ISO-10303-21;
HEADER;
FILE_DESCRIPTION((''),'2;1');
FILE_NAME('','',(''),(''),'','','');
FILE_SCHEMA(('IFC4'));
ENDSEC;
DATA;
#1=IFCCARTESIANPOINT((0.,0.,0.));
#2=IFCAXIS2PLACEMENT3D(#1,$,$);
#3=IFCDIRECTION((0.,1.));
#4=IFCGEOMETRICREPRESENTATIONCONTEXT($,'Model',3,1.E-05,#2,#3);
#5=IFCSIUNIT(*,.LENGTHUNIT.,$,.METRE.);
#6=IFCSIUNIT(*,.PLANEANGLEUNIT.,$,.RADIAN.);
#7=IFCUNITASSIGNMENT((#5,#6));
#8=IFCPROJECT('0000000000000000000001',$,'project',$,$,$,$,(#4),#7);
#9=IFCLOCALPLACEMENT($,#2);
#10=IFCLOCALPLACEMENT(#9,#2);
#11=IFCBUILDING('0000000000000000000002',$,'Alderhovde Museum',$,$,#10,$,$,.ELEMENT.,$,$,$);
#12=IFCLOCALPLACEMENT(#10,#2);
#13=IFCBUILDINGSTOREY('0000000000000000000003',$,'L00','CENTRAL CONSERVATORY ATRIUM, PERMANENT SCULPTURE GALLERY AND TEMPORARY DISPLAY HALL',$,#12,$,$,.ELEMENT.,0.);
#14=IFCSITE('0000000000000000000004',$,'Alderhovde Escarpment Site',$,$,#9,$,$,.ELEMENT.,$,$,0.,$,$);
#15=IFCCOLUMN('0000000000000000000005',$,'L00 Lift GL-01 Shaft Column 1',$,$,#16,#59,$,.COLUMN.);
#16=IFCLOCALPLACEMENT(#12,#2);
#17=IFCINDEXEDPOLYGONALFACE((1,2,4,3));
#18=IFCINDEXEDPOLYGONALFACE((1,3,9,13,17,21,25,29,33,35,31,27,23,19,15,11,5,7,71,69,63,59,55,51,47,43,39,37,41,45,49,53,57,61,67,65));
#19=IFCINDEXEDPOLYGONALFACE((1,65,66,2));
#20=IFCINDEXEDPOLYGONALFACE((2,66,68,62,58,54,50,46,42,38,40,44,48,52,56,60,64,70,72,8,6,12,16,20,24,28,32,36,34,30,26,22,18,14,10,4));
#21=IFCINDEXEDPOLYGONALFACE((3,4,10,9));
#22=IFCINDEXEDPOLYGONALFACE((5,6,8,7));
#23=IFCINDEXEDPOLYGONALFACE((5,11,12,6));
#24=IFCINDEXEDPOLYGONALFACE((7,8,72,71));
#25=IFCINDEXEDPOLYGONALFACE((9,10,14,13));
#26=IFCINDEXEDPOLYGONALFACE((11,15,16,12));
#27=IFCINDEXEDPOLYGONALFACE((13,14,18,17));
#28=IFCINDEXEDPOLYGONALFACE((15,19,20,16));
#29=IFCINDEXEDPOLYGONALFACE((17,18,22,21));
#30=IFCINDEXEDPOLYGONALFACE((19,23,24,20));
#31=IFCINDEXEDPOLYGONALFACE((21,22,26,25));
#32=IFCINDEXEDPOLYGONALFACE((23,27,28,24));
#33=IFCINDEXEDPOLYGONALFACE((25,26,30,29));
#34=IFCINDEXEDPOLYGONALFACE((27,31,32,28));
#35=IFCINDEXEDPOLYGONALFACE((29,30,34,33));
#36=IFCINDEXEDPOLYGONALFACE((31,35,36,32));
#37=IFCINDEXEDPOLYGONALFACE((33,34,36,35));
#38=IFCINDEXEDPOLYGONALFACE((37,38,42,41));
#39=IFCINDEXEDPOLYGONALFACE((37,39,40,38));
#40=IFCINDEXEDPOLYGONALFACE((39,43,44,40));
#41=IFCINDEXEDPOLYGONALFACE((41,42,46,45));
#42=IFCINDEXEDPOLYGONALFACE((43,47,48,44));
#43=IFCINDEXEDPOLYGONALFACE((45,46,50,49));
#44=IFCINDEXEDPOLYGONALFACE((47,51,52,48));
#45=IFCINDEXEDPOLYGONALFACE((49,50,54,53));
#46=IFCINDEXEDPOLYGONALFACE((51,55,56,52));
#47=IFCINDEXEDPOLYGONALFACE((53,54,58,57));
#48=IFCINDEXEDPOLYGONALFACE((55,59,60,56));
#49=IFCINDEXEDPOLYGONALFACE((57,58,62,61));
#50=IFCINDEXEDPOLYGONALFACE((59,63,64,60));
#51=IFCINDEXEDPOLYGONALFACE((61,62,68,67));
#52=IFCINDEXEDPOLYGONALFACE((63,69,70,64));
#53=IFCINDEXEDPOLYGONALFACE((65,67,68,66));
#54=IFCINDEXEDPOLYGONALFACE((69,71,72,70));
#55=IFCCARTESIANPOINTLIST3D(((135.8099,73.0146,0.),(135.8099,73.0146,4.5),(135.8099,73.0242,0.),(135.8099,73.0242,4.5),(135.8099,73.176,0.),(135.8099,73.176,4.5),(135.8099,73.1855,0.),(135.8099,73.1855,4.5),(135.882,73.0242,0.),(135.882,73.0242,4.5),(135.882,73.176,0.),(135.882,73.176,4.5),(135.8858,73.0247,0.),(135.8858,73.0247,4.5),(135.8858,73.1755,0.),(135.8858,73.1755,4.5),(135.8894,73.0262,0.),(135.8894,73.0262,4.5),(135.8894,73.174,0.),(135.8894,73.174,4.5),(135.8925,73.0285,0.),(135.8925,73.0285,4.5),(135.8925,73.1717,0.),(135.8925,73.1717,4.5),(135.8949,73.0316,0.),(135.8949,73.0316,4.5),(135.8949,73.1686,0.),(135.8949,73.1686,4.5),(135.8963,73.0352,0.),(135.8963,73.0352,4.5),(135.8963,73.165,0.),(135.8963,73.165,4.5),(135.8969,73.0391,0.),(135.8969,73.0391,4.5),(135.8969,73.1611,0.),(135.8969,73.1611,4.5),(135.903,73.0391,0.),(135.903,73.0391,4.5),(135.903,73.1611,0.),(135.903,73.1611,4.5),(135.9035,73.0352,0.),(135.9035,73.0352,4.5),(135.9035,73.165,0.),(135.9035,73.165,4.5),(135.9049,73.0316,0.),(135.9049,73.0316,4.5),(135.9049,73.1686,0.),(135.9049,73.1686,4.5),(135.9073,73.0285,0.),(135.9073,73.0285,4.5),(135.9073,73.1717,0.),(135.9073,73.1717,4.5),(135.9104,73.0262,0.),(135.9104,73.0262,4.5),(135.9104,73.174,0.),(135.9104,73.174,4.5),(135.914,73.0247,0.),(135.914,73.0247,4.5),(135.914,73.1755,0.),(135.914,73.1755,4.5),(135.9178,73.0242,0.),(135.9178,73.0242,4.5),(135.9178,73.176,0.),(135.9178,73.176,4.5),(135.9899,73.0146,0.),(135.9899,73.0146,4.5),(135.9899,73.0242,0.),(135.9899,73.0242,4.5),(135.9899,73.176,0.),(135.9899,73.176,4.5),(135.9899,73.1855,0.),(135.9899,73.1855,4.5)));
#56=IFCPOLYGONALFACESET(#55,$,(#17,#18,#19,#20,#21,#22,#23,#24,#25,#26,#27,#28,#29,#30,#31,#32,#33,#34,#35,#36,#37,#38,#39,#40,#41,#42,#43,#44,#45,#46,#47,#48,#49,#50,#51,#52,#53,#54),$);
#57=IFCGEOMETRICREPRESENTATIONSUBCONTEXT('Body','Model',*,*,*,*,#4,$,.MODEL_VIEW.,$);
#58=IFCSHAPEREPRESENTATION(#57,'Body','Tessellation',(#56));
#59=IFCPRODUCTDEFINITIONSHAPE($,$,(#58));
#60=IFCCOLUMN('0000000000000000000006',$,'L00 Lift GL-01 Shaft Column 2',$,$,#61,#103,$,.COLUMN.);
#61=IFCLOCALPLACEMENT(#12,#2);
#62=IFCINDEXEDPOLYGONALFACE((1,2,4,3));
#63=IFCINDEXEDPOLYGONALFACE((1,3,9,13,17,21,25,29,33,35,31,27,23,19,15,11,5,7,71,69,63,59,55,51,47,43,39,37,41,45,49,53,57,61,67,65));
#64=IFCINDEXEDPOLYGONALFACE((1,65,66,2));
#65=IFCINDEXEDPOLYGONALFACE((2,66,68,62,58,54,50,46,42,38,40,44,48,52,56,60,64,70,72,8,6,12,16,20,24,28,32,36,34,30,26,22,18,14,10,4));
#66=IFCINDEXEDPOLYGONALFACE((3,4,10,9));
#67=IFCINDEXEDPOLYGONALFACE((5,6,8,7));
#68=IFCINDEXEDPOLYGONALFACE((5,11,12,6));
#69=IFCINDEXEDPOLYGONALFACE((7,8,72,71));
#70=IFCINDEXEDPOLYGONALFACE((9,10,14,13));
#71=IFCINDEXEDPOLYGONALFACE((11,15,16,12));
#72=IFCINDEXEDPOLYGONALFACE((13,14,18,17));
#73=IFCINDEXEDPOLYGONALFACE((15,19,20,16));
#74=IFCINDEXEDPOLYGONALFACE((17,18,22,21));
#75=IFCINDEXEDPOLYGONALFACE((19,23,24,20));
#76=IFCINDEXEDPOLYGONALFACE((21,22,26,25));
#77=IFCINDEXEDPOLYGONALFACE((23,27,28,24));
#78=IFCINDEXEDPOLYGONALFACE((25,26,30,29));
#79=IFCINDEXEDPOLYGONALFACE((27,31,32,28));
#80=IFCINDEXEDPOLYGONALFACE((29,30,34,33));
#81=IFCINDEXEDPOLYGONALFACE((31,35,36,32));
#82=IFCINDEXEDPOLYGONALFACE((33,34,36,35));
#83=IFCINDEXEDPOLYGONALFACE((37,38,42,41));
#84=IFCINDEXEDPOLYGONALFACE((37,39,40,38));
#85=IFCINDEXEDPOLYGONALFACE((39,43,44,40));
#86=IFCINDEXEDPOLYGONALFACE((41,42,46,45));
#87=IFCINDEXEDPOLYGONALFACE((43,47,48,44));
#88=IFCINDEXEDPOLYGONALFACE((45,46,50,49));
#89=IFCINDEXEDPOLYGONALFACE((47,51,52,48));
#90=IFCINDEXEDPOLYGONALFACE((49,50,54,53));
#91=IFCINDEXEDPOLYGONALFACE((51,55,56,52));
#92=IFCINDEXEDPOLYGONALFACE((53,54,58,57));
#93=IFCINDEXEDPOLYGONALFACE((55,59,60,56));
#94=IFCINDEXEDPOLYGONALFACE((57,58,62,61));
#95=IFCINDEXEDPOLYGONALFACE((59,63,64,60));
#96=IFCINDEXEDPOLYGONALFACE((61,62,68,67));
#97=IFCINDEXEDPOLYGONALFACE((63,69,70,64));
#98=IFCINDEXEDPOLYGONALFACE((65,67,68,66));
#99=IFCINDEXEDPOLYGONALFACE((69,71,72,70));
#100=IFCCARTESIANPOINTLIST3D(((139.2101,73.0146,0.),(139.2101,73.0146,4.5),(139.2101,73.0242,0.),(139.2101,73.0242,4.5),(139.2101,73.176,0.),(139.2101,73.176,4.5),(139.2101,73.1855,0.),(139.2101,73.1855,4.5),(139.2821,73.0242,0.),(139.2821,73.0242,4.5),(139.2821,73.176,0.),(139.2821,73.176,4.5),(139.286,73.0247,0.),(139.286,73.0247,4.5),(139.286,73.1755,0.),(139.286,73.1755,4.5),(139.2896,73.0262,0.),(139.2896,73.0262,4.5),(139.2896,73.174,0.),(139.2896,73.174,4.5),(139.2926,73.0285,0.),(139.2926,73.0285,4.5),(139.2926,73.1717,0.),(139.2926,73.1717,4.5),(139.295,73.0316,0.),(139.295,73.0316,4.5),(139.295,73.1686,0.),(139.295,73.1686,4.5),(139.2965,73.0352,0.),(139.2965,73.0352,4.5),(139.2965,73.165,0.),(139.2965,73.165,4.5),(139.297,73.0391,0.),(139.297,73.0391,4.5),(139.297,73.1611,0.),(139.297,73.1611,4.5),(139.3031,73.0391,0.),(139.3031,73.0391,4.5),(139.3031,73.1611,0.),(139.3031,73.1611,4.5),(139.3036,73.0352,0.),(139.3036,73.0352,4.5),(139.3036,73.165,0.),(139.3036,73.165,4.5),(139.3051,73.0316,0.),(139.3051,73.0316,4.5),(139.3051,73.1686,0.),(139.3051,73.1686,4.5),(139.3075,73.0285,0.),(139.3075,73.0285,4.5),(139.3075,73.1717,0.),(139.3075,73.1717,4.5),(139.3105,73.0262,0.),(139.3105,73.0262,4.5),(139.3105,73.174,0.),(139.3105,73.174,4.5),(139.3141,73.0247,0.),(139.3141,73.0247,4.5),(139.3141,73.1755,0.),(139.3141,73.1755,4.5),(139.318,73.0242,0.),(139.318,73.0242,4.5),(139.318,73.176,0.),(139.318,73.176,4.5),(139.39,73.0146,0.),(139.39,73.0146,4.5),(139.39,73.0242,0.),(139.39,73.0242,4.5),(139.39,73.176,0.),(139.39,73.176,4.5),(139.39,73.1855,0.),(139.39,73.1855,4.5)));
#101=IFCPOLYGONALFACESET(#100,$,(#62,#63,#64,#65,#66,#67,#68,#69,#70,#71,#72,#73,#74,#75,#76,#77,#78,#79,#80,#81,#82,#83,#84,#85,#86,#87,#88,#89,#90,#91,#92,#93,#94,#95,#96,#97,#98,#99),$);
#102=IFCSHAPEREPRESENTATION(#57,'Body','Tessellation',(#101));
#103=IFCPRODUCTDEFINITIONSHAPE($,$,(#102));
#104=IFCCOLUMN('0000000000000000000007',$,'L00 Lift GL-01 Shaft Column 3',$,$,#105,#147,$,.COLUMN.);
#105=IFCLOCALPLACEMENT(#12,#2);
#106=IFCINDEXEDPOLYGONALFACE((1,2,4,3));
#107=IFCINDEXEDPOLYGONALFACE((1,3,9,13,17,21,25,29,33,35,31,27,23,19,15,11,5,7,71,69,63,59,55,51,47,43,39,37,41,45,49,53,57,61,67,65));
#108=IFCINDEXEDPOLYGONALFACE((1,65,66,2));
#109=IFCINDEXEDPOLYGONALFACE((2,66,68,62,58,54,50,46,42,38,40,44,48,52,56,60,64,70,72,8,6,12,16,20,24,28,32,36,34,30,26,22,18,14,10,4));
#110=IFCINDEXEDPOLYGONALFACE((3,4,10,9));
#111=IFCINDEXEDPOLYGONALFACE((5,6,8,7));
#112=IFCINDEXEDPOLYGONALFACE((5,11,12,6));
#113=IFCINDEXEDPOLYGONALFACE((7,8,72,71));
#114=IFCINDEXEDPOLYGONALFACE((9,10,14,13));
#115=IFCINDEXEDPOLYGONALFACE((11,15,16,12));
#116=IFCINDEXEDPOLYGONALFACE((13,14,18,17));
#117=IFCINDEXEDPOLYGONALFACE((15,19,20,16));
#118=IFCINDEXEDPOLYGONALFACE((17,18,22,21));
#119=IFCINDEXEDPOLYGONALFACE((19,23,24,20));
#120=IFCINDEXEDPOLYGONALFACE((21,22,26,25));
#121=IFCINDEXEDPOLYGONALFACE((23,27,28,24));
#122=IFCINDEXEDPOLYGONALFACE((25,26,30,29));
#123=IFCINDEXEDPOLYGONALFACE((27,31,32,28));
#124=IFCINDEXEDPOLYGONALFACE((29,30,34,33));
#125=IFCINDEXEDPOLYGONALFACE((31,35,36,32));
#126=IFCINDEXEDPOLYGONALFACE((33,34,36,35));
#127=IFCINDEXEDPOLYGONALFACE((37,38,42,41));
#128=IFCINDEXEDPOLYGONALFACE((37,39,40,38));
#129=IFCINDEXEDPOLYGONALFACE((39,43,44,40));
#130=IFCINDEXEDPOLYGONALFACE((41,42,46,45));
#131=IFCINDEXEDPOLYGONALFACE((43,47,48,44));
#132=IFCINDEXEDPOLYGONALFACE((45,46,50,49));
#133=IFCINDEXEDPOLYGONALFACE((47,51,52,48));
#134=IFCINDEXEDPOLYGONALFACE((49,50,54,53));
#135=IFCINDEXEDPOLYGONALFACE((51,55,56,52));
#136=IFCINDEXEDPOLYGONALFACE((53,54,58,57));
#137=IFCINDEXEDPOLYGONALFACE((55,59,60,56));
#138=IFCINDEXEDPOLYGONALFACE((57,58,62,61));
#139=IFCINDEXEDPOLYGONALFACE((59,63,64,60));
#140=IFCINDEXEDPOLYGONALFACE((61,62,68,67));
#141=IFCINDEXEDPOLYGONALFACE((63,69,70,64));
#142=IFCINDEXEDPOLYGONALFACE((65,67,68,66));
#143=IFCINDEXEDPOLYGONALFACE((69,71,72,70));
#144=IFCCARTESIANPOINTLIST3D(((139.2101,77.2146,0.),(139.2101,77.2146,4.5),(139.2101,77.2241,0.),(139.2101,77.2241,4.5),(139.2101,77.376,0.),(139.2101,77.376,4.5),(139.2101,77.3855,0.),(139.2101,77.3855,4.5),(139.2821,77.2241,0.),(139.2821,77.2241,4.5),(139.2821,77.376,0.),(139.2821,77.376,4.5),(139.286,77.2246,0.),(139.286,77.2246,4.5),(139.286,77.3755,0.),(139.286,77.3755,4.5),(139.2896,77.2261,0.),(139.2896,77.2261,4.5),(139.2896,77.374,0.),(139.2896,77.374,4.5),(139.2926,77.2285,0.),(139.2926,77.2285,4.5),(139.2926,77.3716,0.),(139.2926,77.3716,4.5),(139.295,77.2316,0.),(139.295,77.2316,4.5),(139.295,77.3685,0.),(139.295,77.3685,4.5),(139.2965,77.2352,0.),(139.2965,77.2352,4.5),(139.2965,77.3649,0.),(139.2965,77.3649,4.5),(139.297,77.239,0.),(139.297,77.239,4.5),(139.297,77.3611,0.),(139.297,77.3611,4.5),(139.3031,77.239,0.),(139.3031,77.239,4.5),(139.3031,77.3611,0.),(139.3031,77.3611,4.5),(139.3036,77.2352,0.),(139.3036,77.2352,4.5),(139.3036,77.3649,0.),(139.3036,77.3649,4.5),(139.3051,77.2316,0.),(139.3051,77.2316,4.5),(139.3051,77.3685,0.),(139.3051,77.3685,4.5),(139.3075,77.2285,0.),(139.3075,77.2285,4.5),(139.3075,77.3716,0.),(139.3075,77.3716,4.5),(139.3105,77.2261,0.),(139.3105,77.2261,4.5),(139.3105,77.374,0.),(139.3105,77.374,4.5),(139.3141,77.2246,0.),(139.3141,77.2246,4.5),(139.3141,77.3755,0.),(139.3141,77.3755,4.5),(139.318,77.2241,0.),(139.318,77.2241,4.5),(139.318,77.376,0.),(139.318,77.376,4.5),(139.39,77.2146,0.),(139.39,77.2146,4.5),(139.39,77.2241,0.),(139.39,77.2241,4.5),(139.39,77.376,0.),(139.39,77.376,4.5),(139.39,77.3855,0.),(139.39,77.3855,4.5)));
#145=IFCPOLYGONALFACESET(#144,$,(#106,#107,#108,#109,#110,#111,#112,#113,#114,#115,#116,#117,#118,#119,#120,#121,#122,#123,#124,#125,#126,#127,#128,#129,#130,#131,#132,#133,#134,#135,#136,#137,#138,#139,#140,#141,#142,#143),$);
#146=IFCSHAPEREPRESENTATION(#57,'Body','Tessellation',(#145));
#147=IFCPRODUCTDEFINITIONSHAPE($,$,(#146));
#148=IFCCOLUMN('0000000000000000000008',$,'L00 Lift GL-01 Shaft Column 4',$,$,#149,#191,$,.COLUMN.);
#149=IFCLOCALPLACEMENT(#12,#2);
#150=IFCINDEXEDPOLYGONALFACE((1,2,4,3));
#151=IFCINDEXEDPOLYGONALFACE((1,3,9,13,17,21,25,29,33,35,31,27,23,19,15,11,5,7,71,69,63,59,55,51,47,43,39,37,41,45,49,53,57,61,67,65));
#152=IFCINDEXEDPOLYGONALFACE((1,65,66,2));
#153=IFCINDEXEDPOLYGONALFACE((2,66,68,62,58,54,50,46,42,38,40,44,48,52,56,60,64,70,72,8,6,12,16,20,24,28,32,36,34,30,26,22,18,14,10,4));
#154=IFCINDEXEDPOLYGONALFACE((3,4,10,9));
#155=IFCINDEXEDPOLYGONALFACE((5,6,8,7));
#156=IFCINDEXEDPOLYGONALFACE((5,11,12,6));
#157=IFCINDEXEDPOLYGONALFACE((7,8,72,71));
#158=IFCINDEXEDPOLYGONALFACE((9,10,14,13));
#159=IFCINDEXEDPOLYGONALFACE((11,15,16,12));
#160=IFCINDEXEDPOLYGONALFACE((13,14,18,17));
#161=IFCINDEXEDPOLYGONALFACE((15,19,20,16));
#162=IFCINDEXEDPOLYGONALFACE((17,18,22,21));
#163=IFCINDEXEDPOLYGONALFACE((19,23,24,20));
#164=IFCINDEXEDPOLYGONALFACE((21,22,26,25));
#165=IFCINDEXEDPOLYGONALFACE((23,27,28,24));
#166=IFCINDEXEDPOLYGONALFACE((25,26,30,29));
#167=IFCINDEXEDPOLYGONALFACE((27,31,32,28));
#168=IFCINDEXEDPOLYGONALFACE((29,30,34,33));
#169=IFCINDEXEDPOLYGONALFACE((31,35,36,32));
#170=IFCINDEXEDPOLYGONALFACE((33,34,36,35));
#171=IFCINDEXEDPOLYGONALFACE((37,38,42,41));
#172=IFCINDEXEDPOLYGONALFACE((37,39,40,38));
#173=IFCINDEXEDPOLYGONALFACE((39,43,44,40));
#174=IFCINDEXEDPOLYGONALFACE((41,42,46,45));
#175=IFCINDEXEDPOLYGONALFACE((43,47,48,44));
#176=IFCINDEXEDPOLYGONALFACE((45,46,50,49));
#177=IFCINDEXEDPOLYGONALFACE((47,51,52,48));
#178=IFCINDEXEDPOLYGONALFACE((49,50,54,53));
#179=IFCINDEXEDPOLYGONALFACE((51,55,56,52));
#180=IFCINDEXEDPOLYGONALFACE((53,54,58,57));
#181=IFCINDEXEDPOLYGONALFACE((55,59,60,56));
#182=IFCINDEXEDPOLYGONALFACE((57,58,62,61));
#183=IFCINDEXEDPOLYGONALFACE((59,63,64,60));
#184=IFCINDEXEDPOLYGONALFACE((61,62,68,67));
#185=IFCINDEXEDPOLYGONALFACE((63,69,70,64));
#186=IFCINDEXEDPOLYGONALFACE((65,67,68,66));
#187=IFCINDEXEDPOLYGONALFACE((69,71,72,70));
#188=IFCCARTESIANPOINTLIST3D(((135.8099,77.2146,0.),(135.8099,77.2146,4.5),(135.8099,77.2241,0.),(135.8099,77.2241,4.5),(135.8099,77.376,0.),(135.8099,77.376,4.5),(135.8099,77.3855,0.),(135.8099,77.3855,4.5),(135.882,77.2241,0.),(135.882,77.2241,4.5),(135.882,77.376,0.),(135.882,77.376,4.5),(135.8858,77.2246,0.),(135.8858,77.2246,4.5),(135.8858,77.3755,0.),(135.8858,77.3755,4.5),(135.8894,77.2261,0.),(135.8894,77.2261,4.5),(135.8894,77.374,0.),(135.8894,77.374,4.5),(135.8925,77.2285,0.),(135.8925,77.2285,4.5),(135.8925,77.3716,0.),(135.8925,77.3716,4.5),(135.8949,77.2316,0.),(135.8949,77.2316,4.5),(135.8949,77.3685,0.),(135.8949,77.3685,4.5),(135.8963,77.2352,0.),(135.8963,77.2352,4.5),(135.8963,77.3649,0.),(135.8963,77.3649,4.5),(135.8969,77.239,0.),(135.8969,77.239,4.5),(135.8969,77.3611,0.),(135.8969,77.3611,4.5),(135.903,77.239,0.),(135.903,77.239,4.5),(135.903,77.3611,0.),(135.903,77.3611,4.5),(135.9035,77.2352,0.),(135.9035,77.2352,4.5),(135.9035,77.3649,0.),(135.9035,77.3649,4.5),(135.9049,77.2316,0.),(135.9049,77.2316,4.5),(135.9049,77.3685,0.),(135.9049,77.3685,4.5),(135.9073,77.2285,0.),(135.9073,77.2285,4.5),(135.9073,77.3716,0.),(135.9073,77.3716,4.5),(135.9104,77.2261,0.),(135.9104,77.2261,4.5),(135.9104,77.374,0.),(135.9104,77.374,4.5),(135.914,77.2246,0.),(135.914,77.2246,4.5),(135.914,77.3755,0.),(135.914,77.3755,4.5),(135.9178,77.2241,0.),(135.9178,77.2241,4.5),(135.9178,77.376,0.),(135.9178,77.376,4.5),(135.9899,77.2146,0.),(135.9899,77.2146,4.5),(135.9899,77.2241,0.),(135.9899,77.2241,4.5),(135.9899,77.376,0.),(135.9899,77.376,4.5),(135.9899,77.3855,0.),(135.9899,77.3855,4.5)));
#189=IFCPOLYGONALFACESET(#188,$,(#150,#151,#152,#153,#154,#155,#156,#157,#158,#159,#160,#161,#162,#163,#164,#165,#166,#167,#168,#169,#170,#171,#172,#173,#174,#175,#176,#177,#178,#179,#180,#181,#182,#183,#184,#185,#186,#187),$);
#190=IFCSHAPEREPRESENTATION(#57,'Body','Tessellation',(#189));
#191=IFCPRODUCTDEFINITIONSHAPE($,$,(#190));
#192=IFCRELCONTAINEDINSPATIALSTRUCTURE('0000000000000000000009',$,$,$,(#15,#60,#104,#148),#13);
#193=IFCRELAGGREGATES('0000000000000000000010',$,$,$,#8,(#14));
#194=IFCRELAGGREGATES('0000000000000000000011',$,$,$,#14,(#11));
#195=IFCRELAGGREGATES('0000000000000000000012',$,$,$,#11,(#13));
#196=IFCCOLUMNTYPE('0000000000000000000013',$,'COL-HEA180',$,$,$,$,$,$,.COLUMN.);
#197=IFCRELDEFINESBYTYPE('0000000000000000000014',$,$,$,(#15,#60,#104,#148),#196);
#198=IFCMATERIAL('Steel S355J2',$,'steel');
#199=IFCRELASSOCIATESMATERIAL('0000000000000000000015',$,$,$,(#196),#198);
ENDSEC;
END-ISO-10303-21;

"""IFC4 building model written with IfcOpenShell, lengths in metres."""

from ifc_helpers import new_model, si_unit, direction, frame, origin, origin_2d, place, context, subcontext, project, spatial, i_section, extrude, material, material_profile, profile_set, type_object, element, save


model = new_model("IFC4")

# Units and contexts
model_context = context("Model", 3, precision=1e-05, world=origin(), true_north=direction((0.0, 1.0)))
body_context = subcontext(model_context, "Body", "Model", "MODEL_VIEW")
ifc_project = project(units=[si_unit("LENGTHUNIT", "METRE"), si_unit("PLANEANGLEUNIT", "RADIAN")], contexts=[model_context])

# Site, building, storey
site_placement = place(None, origin())
site = spatial("IfcSite", under=ifc_project, at=site_placement, Name="Alderhovde Escarpment Site", CompositionType="ELEMENT", RefElevation=0.0)
building_placement = place(site_placement, origin())
building = spatial("IfcBuilding", under=site, at=building_placement, Name="Alderhovde Museum", CompositionType="ELEMENT")
storey_placement = place(building_placement, origin())
storey = spatial("IfcBuildingStorey", under=building, at=storey_placement, Name="L00", Description="CENTRAL CONSERVATORY ATRIUM, PERMANENT SCULPTURE GALLERY AND TEMPORARY DISPLAY HALL", CompositionType="ELEMENT", Elevation=0.0)

# Columns
ifc_material_1 = material(Name="Steel S355J2", Category="steel")
ifc_material_profile_1 = material_profile(ifc_material_1, i_section(OverallWidth=0.1799, OverallDepth=0.1709, WebThickness=0.0061, FlangeThickness=0.0095, FilletRadius=0.0149, at=origin_2d()), Name="HEA 180")
ifc_profile_set_1 = profile_set([ifc_material_profile_1], Name="Steel S355J2")
column_type_1 = type_object("IfcColumnType", Name="COL-HEA180", PredefinedType="COLUMN", material=ifc_profile_set_1)
for number, where, z_axis, x_axis, name in (
    (1, (135.8999, 73.1001, 0.0), (0.0, 0.0, 1.0), (1.0, 0.0, 0.0), "L00 Lift GL-01 Shaft Column 1"),
    (2, (139.3, 73.1001, 0.0), (0.0, 0.0, 1.0), (1.0, 0.0, 0.0), "L00 Lift GL-01 Shaft Column 2"),
    (3, (139.3, 77.3, 0.0), (0.0, 0.0, 1.0), (1.0, 0.0, 0.0), "L00 Lift GL-01 Shaft Column 3"),
    (4, (135.8999, 77.3, 0.0), (0.0, 0.0, 1.0), (1.0, 0.0, 0.0), "L00 Lift GL-01 Shaft Column 4"),
):
    element("IfcColumn", number, at=place(storey_placement, frame(where, z_axis=z_axis, x_axis=x_axis)), inside=storey, type_object=column_type_1, Name=name, PredefinedType="COLUMN", context=body_context, shape_type="SweptSolid", body=[
        extrude(i_section(OverallWidth=0.1799, OverallDepth=0.1709, WebThickness=0.0061, FlangeThickness=0.0095, FilletRadius=0.0149, at=origin_2d()), origin(), (0.0, 0.0, 1.0), 4.5),
    ])

save(model, "model.ifc")
